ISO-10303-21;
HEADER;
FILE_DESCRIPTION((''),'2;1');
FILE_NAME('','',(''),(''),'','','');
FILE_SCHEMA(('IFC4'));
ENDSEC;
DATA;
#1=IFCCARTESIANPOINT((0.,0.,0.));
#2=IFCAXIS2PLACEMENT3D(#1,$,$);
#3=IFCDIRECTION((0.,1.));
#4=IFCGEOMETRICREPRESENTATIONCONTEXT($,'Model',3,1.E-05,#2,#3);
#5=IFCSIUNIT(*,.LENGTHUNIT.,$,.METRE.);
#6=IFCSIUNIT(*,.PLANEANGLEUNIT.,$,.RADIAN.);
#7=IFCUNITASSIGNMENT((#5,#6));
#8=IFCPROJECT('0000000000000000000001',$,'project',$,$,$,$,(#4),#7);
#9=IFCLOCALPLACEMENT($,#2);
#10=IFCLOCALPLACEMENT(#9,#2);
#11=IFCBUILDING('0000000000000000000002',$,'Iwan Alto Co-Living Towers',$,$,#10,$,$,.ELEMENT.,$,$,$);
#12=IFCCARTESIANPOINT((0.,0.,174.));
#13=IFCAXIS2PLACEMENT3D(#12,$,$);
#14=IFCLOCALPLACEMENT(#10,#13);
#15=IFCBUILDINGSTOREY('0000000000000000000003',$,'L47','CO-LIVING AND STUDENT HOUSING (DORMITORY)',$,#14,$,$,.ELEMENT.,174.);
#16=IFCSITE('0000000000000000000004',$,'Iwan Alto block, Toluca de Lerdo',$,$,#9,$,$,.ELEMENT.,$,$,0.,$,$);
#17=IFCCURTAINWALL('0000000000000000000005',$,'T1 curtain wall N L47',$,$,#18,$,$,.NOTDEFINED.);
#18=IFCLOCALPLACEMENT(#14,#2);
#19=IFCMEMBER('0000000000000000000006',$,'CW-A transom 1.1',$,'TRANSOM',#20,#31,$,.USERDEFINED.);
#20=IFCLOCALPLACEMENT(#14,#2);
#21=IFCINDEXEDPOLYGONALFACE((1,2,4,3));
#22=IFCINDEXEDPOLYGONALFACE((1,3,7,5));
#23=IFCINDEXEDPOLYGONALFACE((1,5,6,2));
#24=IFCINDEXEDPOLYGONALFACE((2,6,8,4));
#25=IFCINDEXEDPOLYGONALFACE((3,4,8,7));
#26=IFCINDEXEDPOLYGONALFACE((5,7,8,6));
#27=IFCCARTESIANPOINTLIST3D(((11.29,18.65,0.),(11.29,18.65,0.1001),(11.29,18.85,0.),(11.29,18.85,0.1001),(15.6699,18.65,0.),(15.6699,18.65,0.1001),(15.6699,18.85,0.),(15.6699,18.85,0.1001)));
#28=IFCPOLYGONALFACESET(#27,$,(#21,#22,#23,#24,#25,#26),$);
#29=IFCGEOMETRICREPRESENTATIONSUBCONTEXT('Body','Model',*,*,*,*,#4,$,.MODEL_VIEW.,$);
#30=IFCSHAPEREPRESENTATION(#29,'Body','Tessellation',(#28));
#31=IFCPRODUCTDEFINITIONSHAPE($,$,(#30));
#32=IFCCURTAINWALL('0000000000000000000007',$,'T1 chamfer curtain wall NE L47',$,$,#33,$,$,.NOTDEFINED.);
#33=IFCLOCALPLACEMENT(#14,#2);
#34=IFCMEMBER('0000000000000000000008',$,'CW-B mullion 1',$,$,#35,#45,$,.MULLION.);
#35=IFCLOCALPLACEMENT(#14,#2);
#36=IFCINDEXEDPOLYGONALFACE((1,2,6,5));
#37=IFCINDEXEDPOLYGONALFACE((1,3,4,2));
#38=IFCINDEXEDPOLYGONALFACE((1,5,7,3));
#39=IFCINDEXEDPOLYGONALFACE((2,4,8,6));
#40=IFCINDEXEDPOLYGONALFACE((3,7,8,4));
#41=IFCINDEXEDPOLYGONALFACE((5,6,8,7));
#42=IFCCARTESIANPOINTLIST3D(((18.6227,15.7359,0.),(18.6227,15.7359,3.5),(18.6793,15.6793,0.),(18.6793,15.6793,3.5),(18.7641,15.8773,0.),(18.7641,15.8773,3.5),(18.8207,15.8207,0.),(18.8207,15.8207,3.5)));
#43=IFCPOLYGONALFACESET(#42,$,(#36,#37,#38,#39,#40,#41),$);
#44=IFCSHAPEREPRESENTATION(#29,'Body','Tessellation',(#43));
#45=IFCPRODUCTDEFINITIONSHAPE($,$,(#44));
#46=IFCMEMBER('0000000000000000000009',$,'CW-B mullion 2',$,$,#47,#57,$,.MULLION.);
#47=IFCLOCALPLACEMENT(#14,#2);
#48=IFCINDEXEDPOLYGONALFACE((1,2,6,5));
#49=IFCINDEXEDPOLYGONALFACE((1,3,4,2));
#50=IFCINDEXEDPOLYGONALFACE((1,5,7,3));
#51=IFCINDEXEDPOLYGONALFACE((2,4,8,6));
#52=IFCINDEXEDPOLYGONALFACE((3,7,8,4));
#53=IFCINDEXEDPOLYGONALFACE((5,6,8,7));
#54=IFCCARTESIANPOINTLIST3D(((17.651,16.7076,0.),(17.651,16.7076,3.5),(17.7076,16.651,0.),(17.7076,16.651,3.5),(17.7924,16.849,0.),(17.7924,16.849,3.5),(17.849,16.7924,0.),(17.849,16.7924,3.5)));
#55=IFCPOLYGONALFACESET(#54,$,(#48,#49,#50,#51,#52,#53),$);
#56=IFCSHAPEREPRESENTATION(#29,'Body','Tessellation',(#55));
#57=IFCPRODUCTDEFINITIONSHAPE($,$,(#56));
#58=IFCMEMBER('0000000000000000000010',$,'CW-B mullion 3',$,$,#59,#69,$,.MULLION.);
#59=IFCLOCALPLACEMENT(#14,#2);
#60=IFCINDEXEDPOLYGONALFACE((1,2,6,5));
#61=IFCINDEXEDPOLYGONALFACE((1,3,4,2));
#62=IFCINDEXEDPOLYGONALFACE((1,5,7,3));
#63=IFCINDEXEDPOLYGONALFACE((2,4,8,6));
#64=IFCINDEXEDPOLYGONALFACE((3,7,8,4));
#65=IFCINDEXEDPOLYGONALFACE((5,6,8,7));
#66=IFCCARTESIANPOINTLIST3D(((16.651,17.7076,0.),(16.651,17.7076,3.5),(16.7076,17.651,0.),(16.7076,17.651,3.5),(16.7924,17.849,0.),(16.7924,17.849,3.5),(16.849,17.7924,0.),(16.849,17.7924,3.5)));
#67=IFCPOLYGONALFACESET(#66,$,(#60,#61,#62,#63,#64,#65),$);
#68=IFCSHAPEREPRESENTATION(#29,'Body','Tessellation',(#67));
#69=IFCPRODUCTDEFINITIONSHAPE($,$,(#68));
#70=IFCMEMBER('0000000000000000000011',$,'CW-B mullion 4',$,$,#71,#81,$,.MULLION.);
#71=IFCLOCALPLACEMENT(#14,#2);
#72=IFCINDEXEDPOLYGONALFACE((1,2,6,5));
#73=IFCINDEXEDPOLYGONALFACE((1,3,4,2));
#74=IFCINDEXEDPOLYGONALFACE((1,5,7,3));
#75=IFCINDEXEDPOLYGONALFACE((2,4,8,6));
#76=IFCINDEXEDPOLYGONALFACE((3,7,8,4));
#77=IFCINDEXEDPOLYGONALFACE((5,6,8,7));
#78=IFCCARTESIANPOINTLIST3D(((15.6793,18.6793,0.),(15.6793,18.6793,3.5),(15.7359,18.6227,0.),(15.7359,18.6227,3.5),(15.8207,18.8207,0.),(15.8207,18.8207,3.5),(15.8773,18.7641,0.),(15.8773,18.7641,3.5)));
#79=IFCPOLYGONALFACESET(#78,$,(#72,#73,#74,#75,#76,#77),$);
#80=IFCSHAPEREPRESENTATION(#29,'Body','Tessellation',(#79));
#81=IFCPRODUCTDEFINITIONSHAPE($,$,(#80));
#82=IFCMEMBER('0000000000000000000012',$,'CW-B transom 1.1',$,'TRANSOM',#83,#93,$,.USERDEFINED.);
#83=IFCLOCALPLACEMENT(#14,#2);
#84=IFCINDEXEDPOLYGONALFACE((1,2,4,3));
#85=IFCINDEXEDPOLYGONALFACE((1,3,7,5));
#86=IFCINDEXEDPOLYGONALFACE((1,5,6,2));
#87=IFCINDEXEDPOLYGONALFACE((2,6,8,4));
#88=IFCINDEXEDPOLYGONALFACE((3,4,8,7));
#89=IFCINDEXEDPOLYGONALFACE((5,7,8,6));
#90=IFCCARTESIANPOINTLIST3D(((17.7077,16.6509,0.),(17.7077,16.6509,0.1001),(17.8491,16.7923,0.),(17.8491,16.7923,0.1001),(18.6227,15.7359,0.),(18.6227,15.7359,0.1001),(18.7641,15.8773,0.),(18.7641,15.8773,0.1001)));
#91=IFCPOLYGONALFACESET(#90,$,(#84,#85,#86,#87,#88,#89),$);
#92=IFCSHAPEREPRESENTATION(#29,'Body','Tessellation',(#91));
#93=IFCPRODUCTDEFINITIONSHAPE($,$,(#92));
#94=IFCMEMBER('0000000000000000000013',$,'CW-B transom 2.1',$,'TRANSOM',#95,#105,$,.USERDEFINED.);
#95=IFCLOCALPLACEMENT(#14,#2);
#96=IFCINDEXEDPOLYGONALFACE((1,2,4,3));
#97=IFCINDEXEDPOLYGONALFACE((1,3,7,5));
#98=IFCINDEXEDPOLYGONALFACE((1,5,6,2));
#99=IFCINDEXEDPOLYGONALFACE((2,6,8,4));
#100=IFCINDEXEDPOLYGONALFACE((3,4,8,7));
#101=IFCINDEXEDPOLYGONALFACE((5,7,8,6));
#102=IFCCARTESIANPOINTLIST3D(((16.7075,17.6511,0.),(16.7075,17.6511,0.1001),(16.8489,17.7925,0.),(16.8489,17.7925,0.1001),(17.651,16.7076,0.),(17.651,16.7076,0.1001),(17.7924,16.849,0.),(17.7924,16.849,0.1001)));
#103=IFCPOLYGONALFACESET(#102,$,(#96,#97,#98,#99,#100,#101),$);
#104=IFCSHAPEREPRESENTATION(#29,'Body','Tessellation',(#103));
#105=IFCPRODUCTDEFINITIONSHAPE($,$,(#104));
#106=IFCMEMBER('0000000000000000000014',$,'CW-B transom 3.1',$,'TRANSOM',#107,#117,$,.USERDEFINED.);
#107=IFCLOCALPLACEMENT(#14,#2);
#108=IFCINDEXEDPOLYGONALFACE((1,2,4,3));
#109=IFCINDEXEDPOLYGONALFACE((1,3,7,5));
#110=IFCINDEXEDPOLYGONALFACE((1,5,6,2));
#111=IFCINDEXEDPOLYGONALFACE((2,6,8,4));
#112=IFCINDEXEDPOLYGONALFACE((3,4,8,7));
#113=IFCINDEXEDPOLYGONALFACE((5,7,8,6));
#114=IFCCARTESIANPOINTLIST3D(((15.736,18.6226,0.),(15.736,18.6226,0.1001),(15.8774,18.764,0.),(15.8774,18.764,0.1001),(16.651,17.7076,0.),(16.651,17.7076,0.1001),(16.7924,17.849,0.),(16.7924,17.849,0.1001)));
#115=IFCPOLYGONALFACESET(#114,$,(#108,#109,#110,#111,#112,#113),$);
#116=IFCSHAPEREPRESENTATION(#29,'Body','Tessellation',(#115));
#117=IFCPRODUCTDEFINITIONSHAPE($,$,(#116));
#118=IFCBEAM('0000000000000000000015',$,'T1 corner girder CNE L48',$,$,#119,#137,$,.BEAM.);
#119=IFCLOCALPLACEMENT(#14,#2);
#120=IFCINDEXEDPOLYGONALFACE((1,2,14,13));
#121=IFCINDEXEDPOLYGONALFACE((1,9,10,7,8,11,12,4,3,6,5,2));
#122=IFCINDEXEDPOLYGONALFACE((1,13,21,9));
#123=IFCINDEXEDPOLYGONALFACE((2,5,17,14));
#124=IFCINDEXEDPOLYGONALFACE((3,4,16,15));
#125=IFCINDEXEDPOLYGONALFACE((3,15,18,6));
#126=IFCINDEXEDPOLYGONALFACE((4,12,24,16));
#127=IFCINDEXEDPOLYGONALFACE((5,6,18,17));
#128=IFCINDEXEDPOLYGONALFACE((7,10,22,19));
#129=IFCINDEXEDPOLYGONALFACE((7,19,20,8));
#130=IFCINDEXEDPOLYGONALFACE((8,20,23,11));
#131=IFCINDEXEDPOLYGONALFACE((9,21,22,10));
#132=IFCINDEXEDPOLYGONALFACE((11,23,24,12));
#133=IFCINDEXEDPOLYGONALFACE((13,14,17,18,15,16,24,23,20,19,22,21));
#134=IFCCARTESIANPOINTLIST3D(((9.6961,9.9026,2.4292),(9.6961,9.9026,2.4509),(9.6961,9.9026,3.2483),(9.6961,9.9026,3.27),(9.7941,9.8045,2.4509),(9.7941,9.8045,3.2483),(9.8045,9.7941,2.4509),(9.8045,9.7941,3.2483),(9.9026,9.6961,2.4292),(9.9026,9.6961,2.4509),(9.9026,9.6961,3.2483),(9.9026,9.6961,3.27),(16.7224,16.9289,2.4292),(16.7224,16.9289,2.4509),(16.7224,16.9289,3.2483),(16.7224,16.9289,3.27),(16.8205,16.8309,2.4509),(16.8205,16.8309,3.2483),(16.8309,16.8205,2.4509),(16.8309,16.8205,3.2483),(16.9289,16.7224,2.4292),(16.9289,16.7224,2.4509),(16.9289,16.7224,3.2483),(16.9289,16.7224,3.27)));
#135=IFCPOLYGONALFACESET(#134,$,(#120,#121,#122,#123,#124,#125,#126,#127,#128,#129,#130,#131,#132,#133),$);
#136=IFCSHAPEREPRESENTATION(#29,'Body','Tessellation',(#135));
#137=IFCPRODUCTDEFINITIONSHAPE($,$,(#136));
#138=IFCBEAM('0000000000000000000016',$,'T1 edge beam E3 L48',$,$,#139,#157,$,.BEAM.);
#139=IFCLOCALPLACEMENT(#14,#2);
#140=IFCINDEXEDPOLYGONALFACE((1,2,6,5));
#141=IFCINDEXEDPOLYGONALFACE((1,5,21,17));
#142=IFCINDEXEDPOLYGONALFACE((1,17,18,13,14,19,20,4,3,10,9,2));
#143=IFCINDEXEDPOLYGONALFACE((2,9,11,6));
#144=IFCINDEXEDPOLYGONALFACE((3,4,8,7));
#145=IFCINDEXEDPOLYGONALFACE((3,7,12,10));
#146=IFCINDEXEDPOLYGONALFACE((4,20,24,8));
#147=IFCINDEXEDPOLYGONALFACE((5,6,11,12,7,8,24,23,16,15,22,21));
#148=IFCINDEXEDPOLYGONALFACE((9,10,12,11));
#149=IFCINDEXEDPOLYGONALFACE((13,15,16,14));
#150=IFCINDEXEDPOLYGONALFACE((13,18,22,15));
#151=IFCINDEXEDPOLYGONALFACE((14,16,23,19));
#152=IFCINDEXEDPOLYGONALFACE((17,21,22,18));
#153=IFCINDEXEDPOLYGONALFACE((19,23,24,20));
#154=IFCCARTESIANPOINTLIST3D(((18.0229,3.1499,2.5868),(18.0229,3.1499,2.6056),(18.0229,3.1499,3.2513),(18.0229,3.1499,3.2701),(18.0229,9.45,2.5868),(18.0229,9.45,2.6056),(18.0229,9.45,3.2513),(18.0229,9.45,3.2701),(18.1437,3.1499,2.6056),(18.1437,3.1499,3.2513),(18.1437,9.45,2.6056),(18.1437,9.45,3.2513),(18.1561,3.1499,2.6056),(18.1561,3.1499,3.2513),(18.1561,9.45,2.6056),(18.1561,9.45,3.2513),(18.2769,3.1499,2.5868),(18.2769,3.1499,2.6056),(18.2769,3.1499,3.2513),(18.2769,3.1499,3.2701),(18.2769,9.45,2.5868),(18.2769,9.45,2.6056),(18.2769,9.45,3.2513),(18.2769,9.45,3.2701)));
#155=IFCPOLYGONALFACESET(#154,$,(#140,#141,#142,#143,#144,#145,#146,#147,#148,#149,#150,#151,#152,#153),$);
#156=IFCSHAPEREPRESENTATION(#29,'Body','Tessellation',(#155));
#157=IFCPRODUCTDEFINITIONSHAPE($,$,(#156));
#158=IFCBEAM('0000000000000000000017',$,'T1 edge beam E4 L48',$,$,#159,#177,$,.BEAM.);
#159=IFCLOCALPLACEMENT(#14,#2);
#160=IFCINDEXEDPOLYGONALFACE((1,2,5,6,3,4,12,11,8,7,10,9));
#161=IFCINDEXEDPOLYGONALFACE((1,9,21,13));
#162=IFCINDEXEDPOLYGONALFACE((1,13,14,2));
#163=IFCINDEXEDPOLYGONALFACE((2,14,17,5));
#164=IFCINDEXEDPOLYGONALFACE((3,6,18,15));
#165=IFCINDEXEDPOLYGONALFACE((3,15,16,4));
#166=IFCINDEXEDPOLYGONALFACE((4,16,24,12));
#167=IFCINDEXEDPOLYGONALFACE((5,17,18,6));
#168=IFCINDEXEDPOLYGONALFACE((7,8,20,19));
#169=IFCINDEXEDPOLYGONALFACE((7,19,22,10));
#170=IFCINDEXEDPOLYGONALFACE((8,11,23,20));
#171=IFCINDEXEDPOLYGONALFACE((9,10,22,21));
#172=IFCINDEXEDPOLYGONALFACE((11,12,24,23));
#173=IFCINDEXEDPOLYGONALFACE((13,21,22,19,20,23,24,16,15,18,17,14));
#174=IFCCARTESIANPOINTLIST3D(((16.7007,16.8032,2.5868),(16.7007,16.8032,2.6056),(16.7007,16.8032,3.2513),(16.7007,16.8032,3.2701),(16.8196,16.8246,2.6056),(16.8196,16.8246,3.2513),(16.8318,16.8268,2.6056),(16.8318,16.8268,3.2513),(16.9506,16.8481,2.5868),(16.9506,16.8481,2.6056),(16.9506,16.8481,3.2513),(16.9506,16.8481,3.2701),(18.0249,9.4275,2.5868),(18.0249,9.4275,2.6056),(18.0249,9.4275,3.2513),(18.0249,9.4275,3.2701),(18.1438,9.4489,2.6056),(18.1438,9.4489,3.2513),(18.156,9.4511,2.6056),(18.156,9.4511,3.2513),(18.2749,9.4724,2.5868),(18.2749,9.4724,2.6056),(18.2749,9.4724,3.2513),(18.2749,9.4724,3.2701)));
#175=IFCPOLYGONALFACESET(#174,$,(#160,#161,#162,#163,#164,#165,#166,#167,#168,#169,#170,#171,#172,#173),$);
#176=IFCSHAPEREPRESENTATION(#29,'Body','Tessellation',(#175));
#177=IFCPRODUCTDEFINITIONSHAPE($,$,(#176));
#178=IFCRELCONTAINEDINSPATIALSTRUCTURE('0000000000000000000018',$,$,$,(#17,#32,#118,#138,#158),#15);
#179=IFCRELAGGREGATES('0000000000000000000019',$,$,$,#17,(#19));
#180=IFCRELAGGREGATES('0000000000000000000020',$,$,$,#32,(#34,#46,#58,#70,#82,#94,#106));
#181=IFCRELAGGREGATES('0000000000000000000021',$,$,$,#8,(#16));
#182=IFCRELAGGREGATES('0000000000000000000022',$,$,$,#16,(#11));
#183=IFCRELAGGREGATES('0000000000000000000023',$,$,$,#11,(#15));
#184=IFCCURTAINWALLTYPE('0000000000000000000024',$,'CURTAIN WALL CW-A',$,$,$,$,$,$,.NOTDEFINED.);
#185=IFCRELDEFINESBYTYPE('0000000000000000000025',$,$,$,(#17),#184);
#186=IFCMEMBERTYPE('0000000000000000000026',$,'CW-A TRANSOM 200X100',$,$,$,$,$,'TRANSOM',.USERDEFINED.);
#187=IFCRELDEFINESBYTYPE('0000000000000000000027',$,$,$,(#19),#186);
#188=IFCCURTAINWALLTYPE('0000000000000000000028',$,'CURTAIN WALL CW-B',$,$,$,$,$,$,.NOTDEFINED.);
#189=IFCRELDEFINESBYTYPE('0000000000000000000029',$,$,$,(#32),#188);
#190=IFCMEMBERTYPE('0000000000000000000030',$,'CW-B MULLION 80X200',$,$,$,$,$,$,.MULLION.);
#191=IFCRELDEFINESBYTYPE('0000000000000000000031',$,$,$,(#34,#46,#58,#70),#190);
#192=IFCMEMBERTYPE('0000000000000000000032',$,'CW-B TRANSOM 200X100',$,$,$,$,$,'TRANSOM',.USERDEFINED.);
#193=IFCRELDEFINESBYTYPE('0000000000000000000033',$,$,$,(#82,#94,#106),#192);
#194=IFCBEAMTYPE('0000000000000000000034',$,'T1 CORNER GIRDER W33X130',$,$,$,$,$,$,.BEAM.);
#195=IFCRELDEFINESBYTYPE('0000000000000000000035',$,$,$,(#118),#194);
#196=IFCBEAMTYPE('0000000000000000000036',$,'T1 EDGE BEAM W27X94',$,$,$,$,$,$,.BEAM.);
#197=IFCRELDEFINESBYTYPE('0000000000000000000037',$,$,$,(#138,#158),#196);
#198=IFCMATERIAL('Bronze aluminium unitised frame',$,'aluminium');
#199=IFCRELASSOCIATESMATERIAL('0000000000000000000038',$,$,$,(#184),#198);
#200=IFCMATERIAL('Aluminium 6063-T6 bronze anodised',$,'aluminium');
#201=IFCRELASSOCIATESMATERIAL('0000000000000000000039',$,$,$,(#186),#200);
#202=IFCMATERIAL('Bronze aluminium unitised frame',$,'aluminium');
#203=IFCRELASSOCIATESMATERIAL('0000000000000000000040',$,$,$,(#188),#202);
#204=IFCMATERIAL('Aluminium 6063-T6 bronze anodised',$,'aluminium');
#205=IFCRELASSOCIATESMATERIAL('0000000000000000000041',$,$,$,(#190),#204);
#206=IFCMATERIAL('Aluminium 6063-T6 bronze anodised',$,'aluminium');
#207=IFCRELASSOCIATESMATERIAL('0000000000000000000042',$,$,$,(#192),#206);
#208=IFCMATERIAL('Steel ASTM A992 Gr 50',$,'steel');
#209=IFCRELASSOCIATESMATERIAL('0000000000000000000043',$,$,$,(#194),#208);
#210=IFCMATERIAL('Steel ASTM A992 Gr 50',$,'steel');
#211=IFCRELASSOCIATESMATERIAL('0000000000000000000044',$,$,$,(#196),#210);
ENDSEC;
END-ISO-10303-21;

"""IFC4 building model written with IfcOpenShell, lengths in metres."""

from ifc_helpers import new_model, si_unit, direction, frame, origin, origin_2d, place, context, subcontext, project, spatial, rectangle, i_section, extrude, material, material_profile, profile_set, type_object, element, aggregate, save


model = new_model("IFC4")

# Units and contexts
model_context = context("Model", 3, precision=1e-05, world=origin(), true_north=direction((0.0, 1.0)))
body_context = subcontext(model_context, "Body", "Model", "MODEL_VIEW")
ifc_project = project(units=[si_unit("LENGTHUNIT", "METRE"), si_unit("PLANEANGLEUNIT", "RADIAN")], contexts=[model_context])

# Site, building, storey
site_placement = place(None, origin())
site = spatial("IfcSite", under=ifc_project, at=site_placement, Name="Iwan Alto block, Toluca de Lerdo", CompositionType="ELEMENT", RefElevation=0.0)
building_placement = place(site_placement, origin())
building = spatial("IfcBuilding", under=site, at=building_placement, Name="Iwan Alto Co-Living Towers", CompositionType="ELEMENT")
storey_placement = place(building_placement, frame((0.0, 0.0, 174.0)))
storey = spatial("IfcBuildingStorey", under=building, at=storey_placement, Name="L47", Description="CO-LIVING AND STUDENT HOUSING (DORMITORY)", CompositionType="ELEMENT", Elevation=174.0)

# Shared definitions
ifc_material_1 = material(Name="Bronze aluminium unitised frame", Category="aluminium")
curtain_wall_type_1 = type_object("IfcCurtainWallType", Name="CURTAIN WALL CW-A", PredefinedType="NOTDEFINED", material=ifc_material_1)

# Curtain wall
curtain_wall_1_placement = place(storey_placement, origin())
curtain_wall_1 = element("IfcCurtainWall", 1, at=curtain_wall_1_placement, inside=storey, type_object=curtain_wall_type_1, Name="T1 curtain wall N L47", PredefinedType="NOTDEFINED")

# Member
ifc_material_2 = material(Name="Aluminium 6063-T6 bronze anodised", Category="aluminium")
ifc_material_profile_1 = material_profile(ifc_material_2, rectangle(XDim=0.2, YDim=0.1001, at=origin_2d()), Name="AL 200X100")
ifc_profile_set_1 = profile_set([ifc_material_profile_1], Name="Aluminium 6063-T6 bronze anodised")
member_type_1 = type_object("IfcMemberType", Name="CW-A TRANSOM 200X100", ElementType="TRANSOM", PredefinedType="USERDEFINED", material=ifc_profile_set_1)
member_1_placement = place(storey_placement, frame((15.6699, 18.75, 0.05), z_axis=(-1.0, 0.0, 0.0), x_axis=(0.0, -1.0, 0.0)))
member_1 = element("IfcMember", 2, at=member_1_placement, type_object=member_type_1, Name="CW-A transom 1.1", ObjectType="TRANSOM", PredefinedType="USERDEFINED", context=body_context, shape_type="SweptSolid", body=[
    extrude(rectangle(XDim=0.2, YDim=0.1001, at=origin_2d()), origin(), (0.0, 0.0, 1.0), 4.3799),
])

# Curtain wall, members
ifc_material_3 = material(Name="Bronze aluminium unitised frame", Category="aluminium")
curtain_wall_type_2 = type_object("IfcCurtainWallType", Name="CURTAIN WALL CW-B", PredefinedType="NOTDEFINED", material=ifc_material_3)
curtain_wall_2_placement = place(storey_placement, origin())
curtain_wall_2 = element("IfcCurtainWall", 3, at=curtain_wall_2_placement, inside=storey, type_object=curtain_wall_type_2, Name="T1 chamfer curtain wall NE L47", PredefinedType="NOTDEFINED")
ifc_material_4 = material(Name="Aluminium 6063-T6 bronze anodised", Category="aluminium")
ifc_material_profile_2 = material_profile(ifc_material_4, rectangle(XDim=0.2, YDim=0.0801, at=origin_2d()), Name="AL 80X200")
ifc_profile_set_2 = profile_set([ifc_material_profile_2], Name="Aluminium 6063-T6 bronze anodised")
member_type_2 = type_object("IfcMemberType", Name="CW-B MULLION 80X200", PredefinedType="MULLION", material=ifc_profile_set_2)
member_2_placement = place(storey_placement, frame((18.7217, 15.7783, 0.0), z_axis=(0.0, 0.0, 1.0), x_axis=(-0.707107, -0.707107, 0.0)))
member_2 = element("IfcMember", 4, at=member_2_placement, type_object=member_type_2, Name="CW-B mullion 1", PredefinedType="MULLION", context=body_context, shape_type="SweptSolid", body=[
    extrude(rectangle(XDim=0.2, YDim=0.0801, at=origin_2d()), origin(), (0.0, 0.0, 1.0), 3.5),
])
member_3_placement = place(storey_placement, frame((17.75, 16.75, 0.0), z_axis=(0.0, 0.0, 1.0), x_axis=(-0.707107, -0.707107, 0.0)))
member_3 = element("IfcMember", 5, at=member_3_placement, type_object=member_type_2, Name="CW-B mullion 2", PredefinedType="MULLION", context=body_context, shape_type="SweptSolid", body=[
    extrude(rectangle(XDim=0.2, YDim=0.0801, at=origin_2d()), origin(), (0.0, 0.0, 1.0), 3.5),
])
member_4_placement = place(storey_placement, frame((16.75, 17.75, 0.0), z_axis=(0.0, 0.0, 1.0), x_axis=(-0.707107, -0.707107, 0.0)))
member_4 = element("IfcMember", 6, at=member_4_placement, type_object=member_type_2, Name="CW-B mullion 3", PredefinedType="MULLION", context=body_context, shape_type="SweptSolid", body=[
    extrude(rectangle(XDim=0.2, YDim=0.0801, at=origin_2d()), origin(), (0.0, 0.0, 1.0), 3.5),
])
member_5_placement = place(storey_placement, frame((15.7783, 18.7217, 0.0), z_axis=(0.0, 0.0, 1.0), x_axis=(-0.707107, -0.707107, 0.0)))
member_5 = element("IfcMember", 7, at=member_5_placement, type_object=member_type_2, Name="CW-B mullion 4", PredefinedType="MULLION", context=body_context, shape_type="SweptSolid", body=[
    extrude(rectangle(XDim=0.2, YDim=0.0801, at=origin_2d()), origin(), (0.0, 0.0, 1.0), 3.5),
])
ifc_material_5 = material(Name="Aluminium 6063-T6 bronze anodised", Category="aluminium")
ifc_material_profile_3 = material_profile(ifc_material_5, rectangle(XDim=0.2, YDim=0.1001, at=origin_2d()), Name="AL 200X100")
ifc_profile_set_3 = profile_set([ifc_material_profile_3], Name="Aluminium 6063-T6 bronze anodised")
member_type_3 = type_object("IfcMemberType", Name="CW-B TRANSOM 200X100", ElementType="TRANSOM", PredefinedType="USERDEFINED", material=ifc_profile_set_3)
member_6_placement = place(storey_placement, frame((18.6934, 15.8066, 0.05), z_axis=(-0.707107, 0.707107, 0.0), x_axis=(-0.707107, -0.707107, 0.0)))
member_6 = element("IfcMember", 8, at=member_6_placement, type_object=member_type_3, Name="CW-B transom 1.1", ObjectType="TRANSOM", PredefinedType="USERDEFINED", context=body_context, shape_type="SweptSolid", body=[
    extrude(rectangle(XDim=0.2, YDim=0.1001, at=origin_2d()), origin(), (0.0, 0.0, 1.0), 1.2939),
])
member_7_placement = place(storey_placement, frame((17.7217, 16.7783, 0.05), z_axis=(-0.707107, 0.707107, 0.0), x_axis=(-0.707107, -0.707107, 0.0)))
member_7 = element("IfcMember", 9, at=member_7_placement, type_object=member_type_3, Name="CW-B transom 2.1", ObjectType="TRANSOM", PredefinedType="USERDEFINED", context=body_context, shape_type="SweptSolid", body=[
    extrude(rectangle(XDim=0.2, YDim=0.1001, at=origin_2d()), origin(), (0.0, 0.0, 1.0), 1.3342),
])
member_8_placement = place(storey_placement, frame((16.7217, 17.7783, 0.05), z_axis=(-0.707107, 0.707107, 0.0), x_axis=(-0.707107, -0.707107, 0.0)))
member_8 = element("IfcMember", 10, at=member_8_placement, type_object=member_type_3, Name="CW-B transom 3.1", ObjectType="TRANSOM", PredefinedType="USERDEFINED", context=body_context, shape_type="SweptSolid", body=[
    extrude(rectangle(XDim=0.2, YDim=0.1001, at=origin_2d()), origin(), (0.0, 0.0, 1.0), 1.2939),
])

# Beams
ifc_material_6 = material(Name="Steel ASTM A992 Gr 50", Category="steel")
ifc_material_profile_4 = material_profile(ifc_material_6, i_section(OverallWidth=0.292, OverallDepth=0.8408, WebThickness=0.0146, FlangeThickness=0.0217, at=origin_2d()), Name="W33X130")
ifc_profile_set_4 = profile_set([ifc_material_profile_4], Name="Steel ASTM A992 Gr 50")
beam_type_1 = type_object("IfcBeamType", Name="T1 CORNER GIRDER W33X130", PredefinedType="BEAM", material=ifc_profile_set_4)
beam_1_placement = place(storey_placement, frame((16.8257, 16.8257, 2.8496), z_axis=(-0.707107, -0.707107, 0.0), x_axis=(0.707107, -0.707107, 0.0)))
element("IfcBeam", 11, at=beam_1_placement, inside=storey, type_object=beam_type_1, Name="T1 corner girder CNE L48", PredefinedType="BEAM", context=body_context, shape_type="SweptSolid", body=[
    extrude(i_section(OverallWidth=0.292, OverallDepth=0.8408, WebThickness=0.0146, FlangeThickness=0.0217, at=origin_2d()), origin(), (0.0, 0.0, 1.0), 9.9368),
])
ifc_material_7 = material(Name="Steel ASTM A992 Gr 50", Category="steel")
ifc_material_profile_5 = material_profile(ifc_material_7, i_section(OverallWidth=0.2539, OverallDepth=0.6833, WebThickness=0.0125, FlangeThickness=0.0188, at=origin_2d()), Name="W27X94")
ifc_profile_set_5 = profile_set([ifc_material_profile_5], Name="Steel ASTM A992 Gr 50")
beam_type_2 = type_object("IfcBeamType", Name="T1 EDGE BEAM W27X94", PredefinedType="BEAM", material=ifc_profile_set_5)
beam_2_placement = place(storey_placement, frame((18.1499, 3.1499, 2.9285), z_axis=(0.0, 1.0, 0.0), x_axis=(-1.0, 0.0, 0.0)))
element("IfcBeam", 12, at=beam_2_placement, inside=storey, type_object=beam_type_2, Name="T1 edge beam E3 L48", PredefinedType="BEAM", context=body_context, shape_type="SweptSolid", body=[
    extrude(i_section(OverallWidth=0.2539, OverallDepth=0.6833, WebThickness=0.0125, FlangeThickness=0.0188, at=origin_2d()), origin(), (0.0, 0.0, 1.0), 6.3),
])
for number, where, z_axis, x_axis, name in (
    (13, (18.1499, 9.45, 2.9285), (-0.176712, 0.984263, 0.0), (-0.984263, -0.176712, 0.0), "T1 edge beam E4 L48"),
):
    element("IfcBeam", number, at=place(storey_placement, frame(where, z_axis=z_axis, x_axis=x_axis)), inside=storey, type_object=beam_type_2, Name=name, PredefinedType="BEAM", context=body_context, shape_type="SweptSolid", body=[
        extrude(i_section(OverallWidth=0.2539, OverallDepth=0.6833, WebThickness=0.0125, FlangeThickness=0.0188, at=origin_2d()), origin(), (0.0, 0.0, 1.0), 7.4937),
    ])

aggregate(curtain_wall_1, [member_1])
aggregate(curtain_wall_2, [member_2, member_3, member_4, member_5, member_6, member_7, member_8])

save(model, "model.ifc")
